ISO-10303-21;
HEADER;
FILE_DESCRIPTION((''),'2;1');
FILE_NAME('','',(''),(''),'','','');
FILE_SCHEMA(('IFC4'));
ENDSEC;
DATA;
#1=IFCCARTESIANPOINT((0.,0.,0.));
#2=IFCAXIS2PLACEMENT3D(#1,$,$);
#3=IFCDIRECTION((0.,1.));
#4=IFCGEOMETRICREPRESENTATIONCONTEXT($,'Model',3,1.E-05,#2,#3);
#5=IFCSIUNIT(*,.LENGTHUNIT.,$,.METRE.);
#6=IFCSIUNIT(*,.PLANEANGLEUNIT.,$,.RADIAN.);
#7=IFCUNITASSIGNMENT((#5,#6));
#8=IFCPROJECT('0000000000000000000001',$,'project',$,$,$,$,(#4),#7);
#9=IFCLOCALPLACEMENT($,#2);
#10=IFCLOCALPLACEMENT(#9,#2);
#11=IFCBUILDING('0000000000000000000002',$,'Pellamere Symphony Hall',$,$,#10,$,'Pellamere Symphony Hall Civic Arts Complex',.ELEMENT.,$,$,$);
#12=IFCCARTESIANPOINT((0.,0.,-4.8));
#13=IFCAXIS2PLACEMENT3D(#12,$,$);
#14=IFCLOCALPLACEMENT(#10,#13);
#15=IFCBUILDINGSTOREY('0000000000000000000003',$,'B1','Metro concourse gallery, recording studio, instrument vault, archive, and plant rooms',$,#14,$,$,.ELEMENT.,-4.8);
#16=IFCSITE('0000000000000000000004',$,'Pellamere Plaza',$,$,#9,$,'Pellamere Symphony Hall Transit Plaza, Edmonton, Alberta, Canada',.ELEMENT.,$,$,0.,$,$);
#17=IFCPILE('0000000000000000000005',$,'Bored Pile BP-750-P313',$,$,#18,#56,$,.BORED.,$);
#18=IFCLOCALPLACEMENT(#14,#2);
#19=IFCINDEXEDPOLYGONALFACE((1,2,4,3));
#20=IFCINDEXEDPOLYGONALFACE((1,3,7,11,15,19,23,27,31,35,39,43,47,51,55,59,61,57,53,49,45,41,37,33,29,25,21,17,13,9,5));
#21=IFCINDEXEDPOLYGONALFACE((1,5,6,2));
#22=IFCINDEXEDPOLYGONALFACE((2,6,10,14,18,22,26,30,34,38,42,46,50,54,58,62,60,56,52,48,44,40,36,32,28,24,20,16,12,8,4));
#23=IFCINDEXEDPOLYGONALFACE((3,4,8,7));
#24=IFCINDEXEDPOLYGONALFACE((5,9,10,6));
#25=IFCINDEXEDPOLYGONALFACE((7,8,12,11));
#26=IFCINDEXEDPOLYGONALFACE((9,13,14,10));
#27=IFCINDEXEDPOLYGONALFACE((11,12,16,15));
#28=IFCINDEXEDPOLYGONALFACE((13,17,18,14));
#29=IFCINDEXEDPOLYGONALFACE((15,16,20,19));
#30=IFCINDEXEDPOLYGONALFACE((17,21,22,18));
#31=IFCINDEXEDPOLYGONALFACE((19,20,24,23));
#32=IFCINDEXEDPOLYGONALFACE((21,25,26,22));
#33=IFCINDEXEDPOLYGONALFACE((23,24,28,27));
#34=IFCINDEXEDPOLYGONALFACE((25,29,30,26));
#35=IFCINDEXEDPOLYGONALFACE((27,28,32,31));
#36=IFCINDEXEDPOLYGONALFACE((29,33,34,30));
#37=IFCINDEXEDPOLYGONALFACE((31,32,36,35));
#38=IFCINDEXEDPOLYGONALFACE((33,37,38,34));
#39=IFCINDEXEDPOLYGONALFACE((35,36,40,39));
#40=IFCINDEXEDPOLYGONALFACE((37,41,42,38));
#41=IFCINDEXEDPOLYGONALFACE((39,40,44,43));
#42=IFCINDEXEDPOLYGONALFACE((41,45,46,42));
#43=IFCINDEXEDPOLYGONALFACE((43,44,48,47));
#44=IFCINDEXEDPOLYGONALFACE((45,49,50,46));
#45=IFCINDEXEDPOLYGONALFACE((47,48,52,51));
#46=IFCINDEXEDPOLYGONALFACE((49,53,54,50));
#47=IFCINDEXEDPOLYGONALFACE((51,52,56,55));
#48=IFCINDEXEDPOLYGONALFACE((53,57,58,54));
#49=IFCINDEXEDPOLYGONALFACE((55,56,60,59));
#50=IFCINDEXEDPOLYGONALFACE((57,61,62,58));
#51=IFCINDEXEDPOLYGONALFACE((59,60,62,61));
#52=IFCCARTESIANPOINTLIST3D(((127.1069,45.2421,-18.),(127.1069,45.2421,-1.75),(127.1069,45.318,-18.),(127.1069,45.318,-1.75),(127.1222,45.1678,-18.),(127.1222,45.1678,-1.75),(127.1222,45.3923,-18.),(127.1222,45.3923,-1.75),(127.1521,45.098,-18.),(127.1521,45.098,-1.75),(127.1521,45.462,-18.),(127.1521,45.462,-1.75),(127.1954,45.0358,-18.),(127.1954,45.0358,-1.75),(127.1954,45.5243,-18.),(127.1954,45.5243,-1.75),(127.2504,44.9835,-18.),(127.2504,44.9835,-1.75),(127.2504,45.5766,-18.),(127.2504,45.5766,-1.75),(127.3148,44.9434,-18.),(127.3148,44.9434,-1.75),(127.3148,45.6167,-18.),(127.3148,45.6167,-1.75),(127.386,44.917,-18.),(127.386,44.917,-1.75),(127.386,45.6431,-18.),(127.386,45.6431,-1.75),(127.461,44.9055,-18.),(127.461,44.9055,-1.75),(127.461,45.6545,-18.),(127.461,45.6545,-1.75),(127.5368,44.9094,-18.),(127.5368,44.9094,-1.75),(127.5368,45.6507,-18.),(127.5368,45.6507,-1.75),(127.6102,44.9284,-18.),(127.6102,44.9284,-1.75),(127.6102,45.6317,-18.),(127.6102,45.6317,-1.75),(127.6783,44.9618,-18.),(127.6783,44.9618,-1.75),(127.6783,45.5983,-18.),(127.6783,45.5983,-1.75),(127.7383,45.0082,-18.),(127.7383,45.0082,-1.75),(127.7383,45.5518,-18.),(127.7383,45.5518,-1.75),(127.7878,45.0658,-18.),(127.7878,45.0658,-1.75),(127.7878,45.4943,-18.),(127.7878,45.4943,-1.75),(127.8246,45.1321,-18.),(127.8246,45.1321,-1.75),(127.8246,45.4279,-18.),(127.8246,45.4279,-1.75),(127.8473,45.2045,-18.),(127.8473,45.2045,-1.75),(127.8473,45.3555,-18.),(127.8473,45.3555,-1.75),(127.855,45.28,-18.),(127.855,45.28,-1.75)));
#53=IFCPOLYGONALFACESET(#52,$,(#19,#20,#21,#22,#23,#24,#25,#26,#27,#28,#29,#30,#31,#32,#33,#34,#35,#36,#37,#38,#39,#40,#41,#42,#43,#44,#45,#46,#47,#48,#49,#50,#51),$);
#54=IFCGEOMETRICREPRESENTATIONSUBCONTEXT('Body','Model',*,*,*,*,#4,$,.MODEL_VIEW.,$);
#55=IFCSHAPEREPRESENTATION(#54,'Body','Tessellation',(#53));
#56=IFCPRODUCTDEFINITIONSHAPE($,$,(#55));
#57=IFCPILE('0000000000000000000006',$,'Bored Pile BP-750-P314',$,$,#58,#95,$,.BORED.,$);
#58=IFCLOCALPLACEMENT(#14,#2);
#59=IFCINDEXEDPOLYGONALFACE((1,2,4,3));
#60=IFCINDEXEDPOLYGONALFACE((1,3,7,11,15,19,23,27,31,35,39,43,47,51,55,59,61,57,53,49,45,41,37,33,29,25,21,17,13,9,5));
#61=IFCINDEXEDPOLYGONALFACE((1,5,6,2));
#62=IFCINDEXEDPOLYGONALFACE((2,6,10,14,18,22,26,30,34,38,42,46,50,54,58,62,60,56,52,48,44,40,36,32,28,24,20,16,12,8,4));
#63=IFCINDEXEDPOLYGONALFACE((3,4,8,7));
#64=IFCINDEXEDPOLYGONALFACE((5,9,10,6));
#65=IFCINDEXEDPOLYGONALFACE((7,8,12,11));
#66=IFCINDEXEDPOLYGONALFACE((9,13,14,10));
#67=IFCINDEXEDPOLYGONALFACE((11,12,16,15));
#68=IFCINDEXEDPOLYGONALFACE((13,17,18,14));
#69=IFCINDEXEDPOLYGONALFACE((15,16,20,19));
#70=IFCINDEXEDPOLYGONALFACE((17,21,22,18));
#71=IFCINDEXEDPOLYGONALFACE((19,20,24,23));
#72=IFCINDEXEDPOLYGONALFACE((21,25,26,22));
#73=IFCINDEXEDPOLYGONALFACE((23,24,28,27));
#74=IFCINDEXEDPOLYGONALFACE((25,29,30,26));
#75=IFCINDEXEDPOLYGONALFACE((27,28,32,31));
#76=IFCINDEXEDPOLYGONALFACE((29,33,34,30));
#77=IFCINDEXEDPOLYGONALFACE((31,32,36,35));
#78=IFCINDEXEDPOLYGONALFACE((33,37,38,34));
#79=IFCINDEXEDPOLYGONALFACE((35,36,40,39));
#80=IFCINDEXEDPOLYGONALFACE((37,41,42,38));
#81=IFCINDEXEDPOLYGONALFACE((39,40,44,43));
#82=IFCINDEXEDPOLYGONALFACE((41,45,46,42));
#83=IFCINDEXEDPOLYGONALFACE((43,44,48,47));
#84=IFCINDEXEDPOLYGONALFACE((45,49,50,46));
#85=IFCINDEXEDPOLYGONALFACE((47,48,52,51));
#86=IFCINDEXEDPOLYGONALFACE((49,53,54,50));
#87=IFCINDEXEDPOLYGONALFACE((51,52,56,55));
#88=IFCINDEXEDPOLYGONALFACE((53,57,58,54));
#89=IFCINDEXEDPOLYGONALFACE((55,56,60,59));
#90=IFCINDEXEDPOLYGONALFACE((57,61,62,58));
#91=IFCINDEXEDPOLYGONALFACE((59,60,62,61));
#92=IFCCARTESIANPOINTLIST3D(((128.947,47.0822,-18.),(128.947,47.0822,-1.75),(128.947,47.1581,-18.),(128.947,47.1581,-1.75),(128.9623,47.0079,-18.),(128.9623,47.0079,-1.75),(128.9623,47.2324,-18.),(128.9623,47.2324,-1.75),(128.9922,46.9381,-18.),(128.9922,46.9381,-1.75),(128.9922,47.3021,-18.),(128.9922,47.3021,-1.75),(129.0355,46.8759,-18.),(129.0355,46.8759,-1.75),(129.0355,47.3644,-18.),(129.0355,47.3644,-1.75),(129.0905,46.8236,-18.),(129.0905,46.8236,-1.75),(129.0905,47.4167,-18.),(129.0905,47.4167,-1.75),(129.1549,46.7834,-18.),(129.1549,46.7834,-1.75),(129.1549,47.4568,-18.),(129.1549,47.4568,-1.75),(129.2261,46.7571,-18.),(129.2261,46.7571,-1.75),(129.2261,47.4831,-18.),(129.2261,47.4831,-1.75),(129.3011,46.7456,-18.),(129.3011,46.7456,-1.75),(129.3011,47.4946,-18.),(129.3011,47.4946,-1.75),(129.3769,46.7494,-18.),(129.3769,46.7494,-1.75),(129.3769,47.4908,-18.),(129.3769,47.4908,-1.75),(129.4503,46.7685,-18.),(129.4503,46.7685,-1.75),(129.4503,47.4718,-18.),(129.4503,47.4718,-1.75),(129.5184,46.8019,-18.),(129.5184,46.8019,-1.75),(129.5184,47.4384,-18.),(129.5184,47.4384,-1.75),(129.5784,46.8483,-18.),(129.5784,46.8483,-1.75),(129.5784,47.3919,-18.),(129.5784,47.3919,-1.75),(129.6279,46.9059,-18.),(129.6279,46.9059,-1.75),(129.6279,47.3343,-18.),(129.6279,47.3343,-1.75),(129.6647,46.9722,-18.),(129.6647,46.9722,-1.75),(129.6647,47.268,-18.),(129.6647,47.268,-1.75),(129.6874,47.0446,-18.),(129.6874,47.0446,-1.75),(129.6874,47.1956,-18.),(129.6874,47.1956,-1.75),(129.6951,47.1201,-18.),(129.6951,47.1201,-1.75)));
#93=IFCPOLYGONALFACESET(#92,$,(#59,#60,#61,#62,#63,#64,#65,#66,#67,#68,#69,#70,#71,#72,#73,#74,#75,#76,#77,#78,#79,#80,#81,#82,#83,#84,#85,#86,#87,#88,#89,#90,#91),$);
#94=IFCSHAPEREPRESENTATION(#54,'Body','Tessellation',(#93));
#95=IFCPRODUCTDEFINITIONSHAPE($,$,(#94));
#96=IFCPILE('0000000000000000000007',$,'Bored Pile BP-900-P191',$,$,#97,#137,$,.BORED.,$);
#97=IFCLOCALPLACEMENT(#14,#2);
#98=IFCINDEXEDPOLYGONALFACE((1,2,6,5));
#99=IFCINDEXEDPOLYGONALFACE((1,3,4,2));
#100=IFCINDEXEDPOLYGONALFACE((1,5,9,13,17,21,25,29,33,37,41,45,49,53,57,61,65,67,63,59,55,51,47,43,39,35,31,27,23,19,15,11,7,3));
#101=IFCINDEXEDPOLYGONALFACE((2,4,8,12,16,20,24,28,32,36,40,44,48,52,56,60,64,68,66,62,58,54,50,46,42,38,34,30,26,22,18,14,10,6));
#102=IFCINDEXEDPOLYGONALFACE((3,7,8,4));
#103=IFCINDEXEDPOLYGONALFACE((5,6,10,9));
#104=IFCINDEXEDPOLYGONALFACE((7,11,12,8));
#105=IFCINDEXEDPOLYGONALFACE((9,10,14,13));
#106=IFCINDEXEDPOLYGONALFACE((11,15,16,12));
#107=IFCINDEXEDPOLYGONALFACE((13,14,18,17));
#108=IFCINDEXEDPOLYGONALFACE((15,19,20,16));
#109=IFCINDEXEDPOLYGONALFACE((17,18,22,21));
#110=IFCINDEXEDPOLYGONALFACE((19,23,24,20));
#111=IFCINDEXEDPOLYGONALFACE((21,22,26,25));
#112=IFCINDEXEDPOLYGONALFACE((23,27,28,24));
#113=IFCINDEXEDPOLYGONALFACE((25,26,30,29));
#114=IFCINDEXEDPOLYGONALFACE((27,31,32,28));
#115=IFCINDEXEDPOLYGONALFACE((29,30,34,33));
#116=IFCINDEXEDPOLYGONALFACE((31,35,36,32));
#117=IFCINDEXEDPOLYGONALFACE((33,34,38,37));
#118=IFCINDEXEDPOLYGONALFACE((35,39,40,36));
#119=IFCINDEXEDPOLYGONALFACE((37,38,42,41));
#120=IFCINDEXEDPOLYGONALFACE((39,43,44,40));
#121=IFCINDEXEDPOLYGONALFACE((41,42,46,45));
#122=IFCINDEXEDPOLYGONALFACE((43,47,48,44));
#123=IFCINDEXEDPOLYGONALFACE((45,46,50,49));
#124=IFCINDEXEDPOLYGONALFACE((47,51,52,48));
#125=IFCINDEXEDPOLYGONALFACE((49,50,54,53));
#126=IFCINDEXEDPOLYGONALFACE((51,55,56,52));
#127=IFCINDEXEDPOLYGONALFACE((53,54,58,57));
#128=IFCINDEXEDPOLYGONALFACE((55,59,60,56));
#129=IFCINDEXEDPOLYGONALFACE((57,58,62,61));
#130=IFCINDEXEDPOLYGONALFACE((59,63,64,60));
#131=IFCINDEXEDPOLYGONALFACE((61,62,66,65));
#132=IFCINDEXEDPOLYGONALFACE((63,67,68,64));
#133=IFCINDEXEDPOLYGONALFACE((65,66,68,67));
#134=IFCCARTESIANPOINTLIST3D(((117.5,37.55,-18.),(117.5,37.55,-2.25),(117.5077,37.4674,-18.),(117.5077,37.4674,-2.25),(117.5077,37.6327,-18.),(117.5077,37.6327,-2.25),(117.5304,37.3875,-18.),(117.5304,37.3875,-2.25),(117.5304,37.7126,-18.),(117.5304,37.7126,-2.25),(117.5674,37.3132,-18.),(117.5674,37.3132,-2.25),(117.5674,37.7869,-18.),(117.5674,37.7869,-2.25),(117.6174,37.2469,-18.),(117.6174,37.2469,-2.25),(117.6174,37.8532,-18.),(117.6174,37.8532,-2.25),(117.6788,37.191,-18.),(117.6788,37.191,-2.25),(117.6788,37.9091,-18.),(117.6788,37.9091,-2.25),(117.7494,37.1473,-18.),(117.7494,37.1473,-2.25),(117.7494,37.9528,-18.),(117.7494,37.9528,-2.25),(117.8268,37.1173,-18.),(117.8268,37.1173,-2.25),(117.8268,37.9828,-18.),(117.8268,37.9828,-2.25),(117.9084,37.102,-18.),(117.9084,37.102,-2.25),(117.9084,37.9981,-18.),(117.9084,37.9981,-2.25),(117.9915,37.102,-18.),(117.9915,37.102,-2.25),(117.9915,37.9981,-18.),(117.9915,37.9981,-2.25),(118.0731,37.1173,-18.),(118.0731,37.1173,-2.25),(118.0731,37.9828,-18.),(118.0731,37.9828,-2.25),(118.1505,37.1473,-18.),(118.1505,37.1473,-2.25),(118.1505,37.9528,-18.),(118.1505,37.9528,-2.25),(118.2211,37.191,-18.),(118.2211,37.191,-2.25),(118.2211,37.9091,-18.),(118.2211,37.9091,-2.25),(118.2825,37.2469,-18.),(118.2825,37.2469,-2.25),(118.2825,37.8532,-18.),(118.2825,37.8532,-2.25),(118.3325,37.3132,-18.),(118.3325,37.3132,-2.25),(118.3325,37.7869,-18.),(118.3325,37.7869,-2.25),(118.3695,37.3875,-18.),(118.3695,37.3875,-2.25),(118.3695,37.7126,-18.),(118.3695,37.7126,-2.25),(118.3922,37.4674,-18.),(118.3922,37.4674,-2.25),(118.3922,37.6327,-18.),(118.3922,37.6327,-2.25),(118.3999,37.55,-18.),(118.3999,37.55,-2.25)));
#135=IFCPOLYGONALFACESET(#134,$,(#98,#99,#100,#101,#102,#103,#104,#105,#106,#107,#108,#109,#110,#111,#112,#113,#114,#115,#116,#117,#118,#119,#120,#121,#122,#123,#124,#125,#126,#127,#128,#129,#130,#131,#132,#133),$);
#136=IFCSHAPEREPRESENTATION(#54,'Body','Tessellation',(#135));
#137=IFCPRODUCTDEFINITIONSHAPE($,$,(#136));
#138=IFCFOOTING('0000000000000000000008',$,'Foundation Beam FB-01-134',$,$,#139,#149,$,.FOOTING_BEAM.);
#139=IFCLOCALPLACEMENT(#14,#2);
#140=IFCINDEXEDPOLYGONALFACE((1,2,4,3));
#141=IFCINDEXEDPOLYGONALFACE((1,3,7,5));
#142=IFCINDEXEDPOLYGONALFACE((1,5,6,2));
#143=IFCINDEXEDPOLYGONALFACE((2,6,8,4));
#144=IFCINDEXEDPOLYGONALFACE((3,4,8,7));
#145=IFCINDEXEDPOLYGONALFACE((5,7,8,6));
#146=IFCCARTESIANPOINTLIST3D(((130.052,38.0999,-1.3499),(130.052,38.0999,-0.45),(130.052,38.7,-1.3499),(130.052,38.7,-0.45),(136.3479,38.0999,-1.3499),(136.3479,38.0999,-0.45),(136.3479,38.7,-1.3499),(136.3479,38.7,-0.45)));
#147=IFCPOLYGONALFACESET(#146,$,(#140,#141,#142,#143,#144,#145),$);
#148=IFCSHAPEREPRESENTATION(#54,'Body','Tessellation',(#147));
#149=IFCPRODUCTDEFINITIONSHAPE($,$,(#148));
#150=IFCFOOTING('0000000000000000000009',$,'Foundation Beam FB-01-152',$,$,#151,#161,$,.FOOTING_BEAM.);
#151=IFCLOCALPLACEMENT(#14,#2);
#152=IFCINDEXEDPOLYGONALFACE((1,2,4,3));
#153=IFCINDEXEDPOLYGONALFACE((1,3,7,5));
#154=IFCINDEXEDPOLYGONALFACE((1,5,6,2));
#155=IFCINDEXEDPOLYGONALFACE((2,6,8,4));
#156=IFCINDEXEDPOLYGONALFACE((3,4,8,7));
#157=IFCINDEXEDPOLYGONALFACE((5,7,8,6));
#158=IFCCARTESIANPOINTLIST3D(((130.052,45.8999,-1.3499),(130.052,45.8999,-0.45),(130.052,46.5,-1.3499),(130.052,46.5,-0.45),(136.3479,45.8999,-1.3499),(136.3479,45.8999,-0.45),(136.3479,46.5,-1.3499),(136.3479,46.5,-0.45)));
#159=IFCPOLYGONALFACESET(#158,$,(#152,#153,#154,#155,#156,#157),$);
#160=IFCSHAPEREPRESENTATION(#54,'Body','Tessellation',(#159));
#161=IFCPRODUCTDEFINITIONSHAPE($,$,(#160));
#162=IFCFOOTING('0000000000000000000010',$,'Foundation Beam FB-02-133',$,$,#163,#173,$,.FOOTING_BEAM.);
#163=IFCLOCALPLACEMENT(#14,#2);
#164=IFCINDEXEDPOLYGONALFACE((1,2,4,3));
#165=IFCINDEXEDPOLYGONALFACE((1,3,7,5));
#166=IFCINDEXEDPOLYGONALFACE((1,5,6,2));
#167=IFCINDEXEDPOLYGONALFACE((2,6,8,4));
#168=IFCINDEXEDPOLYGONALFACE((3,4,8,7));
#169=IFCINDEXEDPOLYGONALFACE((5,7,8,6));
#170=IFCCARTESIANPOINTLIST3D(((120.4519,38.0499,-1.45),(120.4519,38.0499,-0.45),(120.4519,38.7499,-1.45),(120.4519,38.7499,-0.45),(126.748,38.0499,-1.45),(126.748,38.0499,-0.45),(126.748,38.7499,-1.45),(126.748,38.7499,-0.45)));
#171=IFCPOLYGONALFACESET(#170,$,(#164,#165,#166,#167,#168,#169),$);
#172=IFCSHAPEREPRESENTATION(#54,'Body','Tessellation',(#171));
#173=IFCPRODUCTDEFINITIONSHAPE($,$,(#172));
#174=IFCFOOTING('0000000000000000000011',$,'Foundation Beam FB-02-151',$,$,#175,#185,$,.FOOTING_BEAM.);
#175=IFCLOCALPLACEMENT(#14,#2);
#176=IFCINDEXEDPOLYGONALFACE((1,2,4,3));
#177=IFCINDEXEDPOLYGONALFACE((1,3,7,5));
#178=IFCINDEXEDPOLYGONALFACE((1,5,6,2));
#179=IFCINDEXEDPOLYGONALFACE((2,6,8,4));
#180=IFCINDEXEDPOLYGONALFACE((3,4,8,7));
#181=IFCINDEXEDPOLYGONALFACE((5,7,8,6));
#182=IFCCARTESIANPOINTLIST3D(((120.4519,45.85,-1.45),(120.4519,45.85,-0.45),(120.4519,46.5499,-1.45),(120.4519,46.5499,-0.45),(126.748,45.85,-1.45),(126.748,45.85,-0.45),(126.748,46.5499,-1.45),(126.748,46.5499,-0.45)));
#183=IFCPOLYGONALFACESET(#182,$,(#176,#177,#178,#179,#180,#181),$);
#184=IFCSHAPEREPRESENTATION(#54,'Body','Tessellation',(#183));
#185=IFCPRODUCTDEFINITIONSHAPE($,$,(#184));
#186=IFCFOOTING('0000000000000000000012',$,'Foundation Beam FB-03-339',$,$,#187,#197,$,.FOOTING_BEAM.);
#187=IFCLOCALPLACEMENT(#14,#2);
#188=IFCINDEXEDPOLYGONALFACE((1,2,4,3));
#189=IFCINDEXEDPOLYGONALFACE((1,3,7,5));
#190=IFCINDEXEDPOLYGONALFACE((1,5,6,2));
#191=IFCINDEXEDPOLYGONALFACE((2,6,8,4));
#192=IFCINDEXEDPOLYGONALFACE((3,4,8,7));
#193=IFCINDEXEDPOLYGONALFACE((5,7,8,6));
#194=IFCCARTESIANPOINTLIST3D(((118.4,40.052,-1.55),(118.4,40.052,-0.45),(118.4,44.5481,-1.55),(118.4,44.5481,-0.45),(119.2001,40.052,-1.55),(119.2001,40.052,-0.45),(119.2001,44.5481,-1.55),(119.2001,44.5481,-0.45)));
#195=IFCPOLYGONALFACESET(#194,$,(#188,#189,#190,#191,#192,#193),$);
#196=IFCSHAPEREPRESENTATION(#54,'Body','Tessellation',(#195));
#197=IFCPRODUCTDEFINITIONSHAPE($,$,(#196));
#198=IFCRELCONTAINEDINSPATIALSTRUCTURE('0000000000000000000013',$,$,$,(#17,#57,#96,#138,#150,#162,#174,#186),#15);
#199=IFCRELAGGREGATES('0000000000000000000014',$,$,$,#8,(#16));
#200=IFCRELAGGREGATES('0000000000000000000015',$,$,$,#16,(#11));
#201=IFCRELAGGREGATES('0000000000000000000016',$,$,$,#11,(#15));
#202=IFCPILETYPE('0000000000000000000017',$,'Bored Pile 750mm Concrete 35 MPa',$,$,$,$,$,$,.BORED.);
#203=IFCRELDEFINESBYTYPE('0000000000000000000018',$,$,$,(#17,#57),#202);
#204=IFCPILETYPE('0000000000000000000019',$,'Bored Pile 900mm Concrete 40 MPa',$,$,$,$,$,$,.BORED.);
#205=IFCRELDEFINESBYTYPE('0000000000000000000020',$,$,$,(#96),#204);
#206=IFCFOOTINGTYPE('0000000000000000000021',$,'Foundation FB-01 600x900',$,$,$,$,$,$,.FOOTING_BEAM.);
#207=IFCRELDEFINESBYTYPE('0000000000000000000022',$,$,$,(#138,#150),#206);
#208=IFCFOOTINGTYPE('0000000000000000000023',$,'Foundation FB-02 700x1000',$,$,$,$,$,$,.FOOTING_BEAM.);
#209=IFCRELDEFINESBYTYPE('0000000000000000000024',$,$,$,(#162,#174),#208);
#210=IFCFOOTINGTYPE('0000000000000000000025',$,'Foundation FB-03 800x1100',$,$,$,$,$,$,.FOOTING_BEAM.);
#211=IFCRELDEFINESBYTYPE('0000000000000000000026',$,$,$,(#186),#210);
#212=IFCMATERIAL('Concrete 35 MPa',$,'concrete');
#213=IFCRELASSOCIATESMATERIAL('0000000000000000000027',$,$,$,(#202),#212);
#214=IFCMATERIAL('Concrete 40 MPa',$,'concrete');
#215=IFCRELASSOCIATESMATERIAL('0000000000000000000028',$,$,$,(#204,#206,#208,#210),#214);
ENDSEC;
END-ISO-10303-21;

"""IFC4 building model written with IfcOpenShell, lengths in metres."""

from ifc_helpers import new_model, si_unit, direction, frame, origin, origin_2d, place, context, subcontext, project, spatial, rectangle, circle, extrude, material, material_profile, profile_set, type_object, element, save


model = new_model("IFC4")

# Units and contexts
model_context = context("Model", 3, precision=1e-05, world=origin(), true_north=direction((0.0, 1.0)))
body_context = subcontext(model_context, "Body", "Model", "MODEL_VIEW")
ifc_project = project(units=[si_unit("LENGTHUNIT", "METRE"), si_unit("PLANEANGLEUNIT", "RADIAN")], contexts=[model_context])

# Site, building, storey
site_placement = place(None, origin())
site = spatial("IfcSite", under=ifc_project, at=site_placement, Name="Pellamere Plaza", LongName="Pellamere Symphony Hall Transit Plaza, Edmonton, Alberta, Canada", CompositionType="ELEMENT", RefElevation=0.0)
building_placement = place(site_placement, origin())
building = spatial("IfcBuilding", under=site, at=building_placement, Name="Pellamere Symphony Hall", LongName="Pellamere Symphony Hall Civic Arts Complex", CompositionType="ELEMENT")
storey_placement = place(building_placement, frame((0.0, 0.0, -4.8)))
storey = spatial("IfcBuildingStorey", under=building, at=storey_placement, Name="B1", Description="Metro concourse gallery, recording studio, instrument vault, archive, and plant rooms", CompositionType="ELEMENT", Elevation=-4.8)

# Piles
ifc_material_1 = material(Name="Concrete 40 MPa", Category="concrete")
ifc_material_2 = material(Name="Concrete 35 MPa", Category="concrete")
ifc_material_profile_1 = material_profile(ifc_material_2, circle(Radius=0.375, at=origin_2d()), Name="PILE D750")
ifc_profile_set_1 = profile_set([ifc_material_profile_1], Name="Concrete 35 MPa")
pile_type_1 = type_object("IfcPileType", Name="Bored Pile 750mm Concrete 35 MPa", PredefinedType="BORED", material=ifc_profile_set_1)
for number, where, z_axis, x_axis, name in (
    (1, (127.48, 45.28, -1.75), (0.0, 0.0, -1.0), (1.0, 0.0, 0.0), "Bored Pile BP-750-P313"),
    (2, (129.3201, 47.1201, -1.75), (0.0, 0.0, -1.0), (1.0, 0.0, 0.0), "Bored Pile BP-750-P314"),
):
    element("IfcPile", number, at=place(storey_placement, frame(where, z_axis=z_axis, x_axis=x_axis)), inside=storey, type_object=pile_type_1, Name=name, PredefinedType="BORED", context=body_context, shape_type="SweptSolid", body=[
        extrude(circle(Radius=0.375, at=origin_2d()), origin(), (0.0, 0.0, 1.0), 16.25),
    ])
ifc_material_profile_2 = material_profile(ifc_material_1, circle(Radius=0.45, at=origin_2d()), Name="PILE D900")
ifc_profile_set_2 = profile_set([ifc_material_profile_2], Name="Concrete 40 MPa")
pile_type_2 = type_object("IfcPileType", Name="Bored Pile 900mm Concrete 40 MPa", PredefinedType="BORED", material=ifc_profile_set_2)
pile_1_placement = place(storey_placement, frame((117.95, 37.55, -2.25), z_axis=(0.0, 0.0, -1.0), x_axis=(1.0, 0.0, 0.0)))
element("IfcPile", 3, at=pile_1_placement, inside=storey, type_object=pile_type_2, Name="Bored Pile BP-900-P191", PredefinedType="BORED", context=body_context, shape_type="SweptSolid", body=[
    extrude(circle(Radius=0.45, at=origin_2d()), origin(), (0.0, 0.0, 1.0), 15.75),
])

# Footings
ifc_material_profile_3 = material_profile(ifc_material_1, rectangle(XDim=0.6001, YDim=0.8999, at=origin_2d()), Name="RC 600x900")
ifc_profile_set_3 = profile_set([ifc_material_profile_3], Name="Concrete 40 MPa")
footing_type_1 = type_object("IfcFootingType", Name="Foundation FB-01 600x900", PredefinedType="FOOTING_BEAM", material=ifc_profile_set_3)
for number, where, z_axis, x_axis, name in (
    (4, (130.052, 38.3999, -0.8999), (1.0, 0.0, 0.0), (0.0, 1.0, 0.0), "Foundation Beam FB-01-134"),
    (5, (130.052, 46.2, -0.8999), (1.0, 0.0, 0.0), (0.0, 1.0, 0.0), "Foundation Beam FB-01-152"),
):
    element("IfcFooting", number, at=place(storey_placement, frame(where, z_axis=z_axis, x_axis=x_axis)), inside=storey, type_object=footing_type_1, Name=name, PredefinedType="FOOTING_BEAM", context=body_context, shape_type="SweptSolid", body=[
        extrude(rectangle(XDim=0.6001, YDim=0.8999, at=origin_2d()), origin(), (0.0, 0.0, 1.0), 6.2959),
    ])
ifc_material_profile_4 = material_profile(ifc_material_1, rectangle(XDim=0.7, YDim=1.0, at=origin_2d()), Name="RC 700x1000")
ifc_profile_set_4 = profile_set([ifc_material_profile_4], Name="Concrete 40 MPa")
footing_type_2 = type_object("IfcFootingType", Name="Foundation FB-02 700x1000", PredefinedType="FOOTING_BEAM", material=ifc_profile_set_4)
for number, where, z_axis, x_axis, name in (
    (6, (120.4519, 38.3999, -0.95), (1.0, 0.0, 0.0), (0.0, 1.0, 0.0), "Foundation Beam FB-02-133"),
    (7, (120.4519, 46.2, -0.95), (1.0, 0.0, 0.0), (0.0, 1.0, 0.0), "Foundation Beam FB-02-151"),
):
    element("IfcFooting", number, at=place(storey_placement, frame(where, z_axis=z_axis, x_axis=x_axis)), inside=storey, type_object=footing_type_2, Name=name, PredefinedType="FOOTING_BEAM", context=body_context, shape_type="SweptSolid", body=[
        extrude(rectangle(XDim=0.7, YDim=1.0, at=origin_2d()), origin(), (0.0, 0.0, 1.0), 6.2961),
    ])
ifc_material_profile_5 = material_profile(ifc_material_1, rectangle(XDim=0.8, YDim=1.1001, at=origin_2d()), Name="RC 800x1100")
ifc_profile_set_5 = profile_set([ifc_material_profile_5], Name="Concrete 40 MPa")
footing_type_3 = type_object("IfcFootingType", Name="Foundation FB-03 800x1100", PredefinedType="FOOTING_BEAM", material=ifc_profile_set_5)
footing_1_placement = place(storey_placement, frame((118.8, 40.052, -1.0), z_axis=(0.0, 1.0, 0.0), x_axis=(-1.0, 0.0, 0.0)))
element("IfcFooting", 8, at=footing_1_placement, inside=storey, type_object=footing_type_3, Name="Foundation Beam FB-03-339", PredefinedType="FOOTING_BEAM", context=body_context, shape_type="SweptSolid", body=[
    extrude(rectangle(XDim=0.8, YDim=1.1001, at=origin_2d()), origin(), (0.0, 0.0, 1.0), 4.4961),
])

save(model, "model.ifc")
